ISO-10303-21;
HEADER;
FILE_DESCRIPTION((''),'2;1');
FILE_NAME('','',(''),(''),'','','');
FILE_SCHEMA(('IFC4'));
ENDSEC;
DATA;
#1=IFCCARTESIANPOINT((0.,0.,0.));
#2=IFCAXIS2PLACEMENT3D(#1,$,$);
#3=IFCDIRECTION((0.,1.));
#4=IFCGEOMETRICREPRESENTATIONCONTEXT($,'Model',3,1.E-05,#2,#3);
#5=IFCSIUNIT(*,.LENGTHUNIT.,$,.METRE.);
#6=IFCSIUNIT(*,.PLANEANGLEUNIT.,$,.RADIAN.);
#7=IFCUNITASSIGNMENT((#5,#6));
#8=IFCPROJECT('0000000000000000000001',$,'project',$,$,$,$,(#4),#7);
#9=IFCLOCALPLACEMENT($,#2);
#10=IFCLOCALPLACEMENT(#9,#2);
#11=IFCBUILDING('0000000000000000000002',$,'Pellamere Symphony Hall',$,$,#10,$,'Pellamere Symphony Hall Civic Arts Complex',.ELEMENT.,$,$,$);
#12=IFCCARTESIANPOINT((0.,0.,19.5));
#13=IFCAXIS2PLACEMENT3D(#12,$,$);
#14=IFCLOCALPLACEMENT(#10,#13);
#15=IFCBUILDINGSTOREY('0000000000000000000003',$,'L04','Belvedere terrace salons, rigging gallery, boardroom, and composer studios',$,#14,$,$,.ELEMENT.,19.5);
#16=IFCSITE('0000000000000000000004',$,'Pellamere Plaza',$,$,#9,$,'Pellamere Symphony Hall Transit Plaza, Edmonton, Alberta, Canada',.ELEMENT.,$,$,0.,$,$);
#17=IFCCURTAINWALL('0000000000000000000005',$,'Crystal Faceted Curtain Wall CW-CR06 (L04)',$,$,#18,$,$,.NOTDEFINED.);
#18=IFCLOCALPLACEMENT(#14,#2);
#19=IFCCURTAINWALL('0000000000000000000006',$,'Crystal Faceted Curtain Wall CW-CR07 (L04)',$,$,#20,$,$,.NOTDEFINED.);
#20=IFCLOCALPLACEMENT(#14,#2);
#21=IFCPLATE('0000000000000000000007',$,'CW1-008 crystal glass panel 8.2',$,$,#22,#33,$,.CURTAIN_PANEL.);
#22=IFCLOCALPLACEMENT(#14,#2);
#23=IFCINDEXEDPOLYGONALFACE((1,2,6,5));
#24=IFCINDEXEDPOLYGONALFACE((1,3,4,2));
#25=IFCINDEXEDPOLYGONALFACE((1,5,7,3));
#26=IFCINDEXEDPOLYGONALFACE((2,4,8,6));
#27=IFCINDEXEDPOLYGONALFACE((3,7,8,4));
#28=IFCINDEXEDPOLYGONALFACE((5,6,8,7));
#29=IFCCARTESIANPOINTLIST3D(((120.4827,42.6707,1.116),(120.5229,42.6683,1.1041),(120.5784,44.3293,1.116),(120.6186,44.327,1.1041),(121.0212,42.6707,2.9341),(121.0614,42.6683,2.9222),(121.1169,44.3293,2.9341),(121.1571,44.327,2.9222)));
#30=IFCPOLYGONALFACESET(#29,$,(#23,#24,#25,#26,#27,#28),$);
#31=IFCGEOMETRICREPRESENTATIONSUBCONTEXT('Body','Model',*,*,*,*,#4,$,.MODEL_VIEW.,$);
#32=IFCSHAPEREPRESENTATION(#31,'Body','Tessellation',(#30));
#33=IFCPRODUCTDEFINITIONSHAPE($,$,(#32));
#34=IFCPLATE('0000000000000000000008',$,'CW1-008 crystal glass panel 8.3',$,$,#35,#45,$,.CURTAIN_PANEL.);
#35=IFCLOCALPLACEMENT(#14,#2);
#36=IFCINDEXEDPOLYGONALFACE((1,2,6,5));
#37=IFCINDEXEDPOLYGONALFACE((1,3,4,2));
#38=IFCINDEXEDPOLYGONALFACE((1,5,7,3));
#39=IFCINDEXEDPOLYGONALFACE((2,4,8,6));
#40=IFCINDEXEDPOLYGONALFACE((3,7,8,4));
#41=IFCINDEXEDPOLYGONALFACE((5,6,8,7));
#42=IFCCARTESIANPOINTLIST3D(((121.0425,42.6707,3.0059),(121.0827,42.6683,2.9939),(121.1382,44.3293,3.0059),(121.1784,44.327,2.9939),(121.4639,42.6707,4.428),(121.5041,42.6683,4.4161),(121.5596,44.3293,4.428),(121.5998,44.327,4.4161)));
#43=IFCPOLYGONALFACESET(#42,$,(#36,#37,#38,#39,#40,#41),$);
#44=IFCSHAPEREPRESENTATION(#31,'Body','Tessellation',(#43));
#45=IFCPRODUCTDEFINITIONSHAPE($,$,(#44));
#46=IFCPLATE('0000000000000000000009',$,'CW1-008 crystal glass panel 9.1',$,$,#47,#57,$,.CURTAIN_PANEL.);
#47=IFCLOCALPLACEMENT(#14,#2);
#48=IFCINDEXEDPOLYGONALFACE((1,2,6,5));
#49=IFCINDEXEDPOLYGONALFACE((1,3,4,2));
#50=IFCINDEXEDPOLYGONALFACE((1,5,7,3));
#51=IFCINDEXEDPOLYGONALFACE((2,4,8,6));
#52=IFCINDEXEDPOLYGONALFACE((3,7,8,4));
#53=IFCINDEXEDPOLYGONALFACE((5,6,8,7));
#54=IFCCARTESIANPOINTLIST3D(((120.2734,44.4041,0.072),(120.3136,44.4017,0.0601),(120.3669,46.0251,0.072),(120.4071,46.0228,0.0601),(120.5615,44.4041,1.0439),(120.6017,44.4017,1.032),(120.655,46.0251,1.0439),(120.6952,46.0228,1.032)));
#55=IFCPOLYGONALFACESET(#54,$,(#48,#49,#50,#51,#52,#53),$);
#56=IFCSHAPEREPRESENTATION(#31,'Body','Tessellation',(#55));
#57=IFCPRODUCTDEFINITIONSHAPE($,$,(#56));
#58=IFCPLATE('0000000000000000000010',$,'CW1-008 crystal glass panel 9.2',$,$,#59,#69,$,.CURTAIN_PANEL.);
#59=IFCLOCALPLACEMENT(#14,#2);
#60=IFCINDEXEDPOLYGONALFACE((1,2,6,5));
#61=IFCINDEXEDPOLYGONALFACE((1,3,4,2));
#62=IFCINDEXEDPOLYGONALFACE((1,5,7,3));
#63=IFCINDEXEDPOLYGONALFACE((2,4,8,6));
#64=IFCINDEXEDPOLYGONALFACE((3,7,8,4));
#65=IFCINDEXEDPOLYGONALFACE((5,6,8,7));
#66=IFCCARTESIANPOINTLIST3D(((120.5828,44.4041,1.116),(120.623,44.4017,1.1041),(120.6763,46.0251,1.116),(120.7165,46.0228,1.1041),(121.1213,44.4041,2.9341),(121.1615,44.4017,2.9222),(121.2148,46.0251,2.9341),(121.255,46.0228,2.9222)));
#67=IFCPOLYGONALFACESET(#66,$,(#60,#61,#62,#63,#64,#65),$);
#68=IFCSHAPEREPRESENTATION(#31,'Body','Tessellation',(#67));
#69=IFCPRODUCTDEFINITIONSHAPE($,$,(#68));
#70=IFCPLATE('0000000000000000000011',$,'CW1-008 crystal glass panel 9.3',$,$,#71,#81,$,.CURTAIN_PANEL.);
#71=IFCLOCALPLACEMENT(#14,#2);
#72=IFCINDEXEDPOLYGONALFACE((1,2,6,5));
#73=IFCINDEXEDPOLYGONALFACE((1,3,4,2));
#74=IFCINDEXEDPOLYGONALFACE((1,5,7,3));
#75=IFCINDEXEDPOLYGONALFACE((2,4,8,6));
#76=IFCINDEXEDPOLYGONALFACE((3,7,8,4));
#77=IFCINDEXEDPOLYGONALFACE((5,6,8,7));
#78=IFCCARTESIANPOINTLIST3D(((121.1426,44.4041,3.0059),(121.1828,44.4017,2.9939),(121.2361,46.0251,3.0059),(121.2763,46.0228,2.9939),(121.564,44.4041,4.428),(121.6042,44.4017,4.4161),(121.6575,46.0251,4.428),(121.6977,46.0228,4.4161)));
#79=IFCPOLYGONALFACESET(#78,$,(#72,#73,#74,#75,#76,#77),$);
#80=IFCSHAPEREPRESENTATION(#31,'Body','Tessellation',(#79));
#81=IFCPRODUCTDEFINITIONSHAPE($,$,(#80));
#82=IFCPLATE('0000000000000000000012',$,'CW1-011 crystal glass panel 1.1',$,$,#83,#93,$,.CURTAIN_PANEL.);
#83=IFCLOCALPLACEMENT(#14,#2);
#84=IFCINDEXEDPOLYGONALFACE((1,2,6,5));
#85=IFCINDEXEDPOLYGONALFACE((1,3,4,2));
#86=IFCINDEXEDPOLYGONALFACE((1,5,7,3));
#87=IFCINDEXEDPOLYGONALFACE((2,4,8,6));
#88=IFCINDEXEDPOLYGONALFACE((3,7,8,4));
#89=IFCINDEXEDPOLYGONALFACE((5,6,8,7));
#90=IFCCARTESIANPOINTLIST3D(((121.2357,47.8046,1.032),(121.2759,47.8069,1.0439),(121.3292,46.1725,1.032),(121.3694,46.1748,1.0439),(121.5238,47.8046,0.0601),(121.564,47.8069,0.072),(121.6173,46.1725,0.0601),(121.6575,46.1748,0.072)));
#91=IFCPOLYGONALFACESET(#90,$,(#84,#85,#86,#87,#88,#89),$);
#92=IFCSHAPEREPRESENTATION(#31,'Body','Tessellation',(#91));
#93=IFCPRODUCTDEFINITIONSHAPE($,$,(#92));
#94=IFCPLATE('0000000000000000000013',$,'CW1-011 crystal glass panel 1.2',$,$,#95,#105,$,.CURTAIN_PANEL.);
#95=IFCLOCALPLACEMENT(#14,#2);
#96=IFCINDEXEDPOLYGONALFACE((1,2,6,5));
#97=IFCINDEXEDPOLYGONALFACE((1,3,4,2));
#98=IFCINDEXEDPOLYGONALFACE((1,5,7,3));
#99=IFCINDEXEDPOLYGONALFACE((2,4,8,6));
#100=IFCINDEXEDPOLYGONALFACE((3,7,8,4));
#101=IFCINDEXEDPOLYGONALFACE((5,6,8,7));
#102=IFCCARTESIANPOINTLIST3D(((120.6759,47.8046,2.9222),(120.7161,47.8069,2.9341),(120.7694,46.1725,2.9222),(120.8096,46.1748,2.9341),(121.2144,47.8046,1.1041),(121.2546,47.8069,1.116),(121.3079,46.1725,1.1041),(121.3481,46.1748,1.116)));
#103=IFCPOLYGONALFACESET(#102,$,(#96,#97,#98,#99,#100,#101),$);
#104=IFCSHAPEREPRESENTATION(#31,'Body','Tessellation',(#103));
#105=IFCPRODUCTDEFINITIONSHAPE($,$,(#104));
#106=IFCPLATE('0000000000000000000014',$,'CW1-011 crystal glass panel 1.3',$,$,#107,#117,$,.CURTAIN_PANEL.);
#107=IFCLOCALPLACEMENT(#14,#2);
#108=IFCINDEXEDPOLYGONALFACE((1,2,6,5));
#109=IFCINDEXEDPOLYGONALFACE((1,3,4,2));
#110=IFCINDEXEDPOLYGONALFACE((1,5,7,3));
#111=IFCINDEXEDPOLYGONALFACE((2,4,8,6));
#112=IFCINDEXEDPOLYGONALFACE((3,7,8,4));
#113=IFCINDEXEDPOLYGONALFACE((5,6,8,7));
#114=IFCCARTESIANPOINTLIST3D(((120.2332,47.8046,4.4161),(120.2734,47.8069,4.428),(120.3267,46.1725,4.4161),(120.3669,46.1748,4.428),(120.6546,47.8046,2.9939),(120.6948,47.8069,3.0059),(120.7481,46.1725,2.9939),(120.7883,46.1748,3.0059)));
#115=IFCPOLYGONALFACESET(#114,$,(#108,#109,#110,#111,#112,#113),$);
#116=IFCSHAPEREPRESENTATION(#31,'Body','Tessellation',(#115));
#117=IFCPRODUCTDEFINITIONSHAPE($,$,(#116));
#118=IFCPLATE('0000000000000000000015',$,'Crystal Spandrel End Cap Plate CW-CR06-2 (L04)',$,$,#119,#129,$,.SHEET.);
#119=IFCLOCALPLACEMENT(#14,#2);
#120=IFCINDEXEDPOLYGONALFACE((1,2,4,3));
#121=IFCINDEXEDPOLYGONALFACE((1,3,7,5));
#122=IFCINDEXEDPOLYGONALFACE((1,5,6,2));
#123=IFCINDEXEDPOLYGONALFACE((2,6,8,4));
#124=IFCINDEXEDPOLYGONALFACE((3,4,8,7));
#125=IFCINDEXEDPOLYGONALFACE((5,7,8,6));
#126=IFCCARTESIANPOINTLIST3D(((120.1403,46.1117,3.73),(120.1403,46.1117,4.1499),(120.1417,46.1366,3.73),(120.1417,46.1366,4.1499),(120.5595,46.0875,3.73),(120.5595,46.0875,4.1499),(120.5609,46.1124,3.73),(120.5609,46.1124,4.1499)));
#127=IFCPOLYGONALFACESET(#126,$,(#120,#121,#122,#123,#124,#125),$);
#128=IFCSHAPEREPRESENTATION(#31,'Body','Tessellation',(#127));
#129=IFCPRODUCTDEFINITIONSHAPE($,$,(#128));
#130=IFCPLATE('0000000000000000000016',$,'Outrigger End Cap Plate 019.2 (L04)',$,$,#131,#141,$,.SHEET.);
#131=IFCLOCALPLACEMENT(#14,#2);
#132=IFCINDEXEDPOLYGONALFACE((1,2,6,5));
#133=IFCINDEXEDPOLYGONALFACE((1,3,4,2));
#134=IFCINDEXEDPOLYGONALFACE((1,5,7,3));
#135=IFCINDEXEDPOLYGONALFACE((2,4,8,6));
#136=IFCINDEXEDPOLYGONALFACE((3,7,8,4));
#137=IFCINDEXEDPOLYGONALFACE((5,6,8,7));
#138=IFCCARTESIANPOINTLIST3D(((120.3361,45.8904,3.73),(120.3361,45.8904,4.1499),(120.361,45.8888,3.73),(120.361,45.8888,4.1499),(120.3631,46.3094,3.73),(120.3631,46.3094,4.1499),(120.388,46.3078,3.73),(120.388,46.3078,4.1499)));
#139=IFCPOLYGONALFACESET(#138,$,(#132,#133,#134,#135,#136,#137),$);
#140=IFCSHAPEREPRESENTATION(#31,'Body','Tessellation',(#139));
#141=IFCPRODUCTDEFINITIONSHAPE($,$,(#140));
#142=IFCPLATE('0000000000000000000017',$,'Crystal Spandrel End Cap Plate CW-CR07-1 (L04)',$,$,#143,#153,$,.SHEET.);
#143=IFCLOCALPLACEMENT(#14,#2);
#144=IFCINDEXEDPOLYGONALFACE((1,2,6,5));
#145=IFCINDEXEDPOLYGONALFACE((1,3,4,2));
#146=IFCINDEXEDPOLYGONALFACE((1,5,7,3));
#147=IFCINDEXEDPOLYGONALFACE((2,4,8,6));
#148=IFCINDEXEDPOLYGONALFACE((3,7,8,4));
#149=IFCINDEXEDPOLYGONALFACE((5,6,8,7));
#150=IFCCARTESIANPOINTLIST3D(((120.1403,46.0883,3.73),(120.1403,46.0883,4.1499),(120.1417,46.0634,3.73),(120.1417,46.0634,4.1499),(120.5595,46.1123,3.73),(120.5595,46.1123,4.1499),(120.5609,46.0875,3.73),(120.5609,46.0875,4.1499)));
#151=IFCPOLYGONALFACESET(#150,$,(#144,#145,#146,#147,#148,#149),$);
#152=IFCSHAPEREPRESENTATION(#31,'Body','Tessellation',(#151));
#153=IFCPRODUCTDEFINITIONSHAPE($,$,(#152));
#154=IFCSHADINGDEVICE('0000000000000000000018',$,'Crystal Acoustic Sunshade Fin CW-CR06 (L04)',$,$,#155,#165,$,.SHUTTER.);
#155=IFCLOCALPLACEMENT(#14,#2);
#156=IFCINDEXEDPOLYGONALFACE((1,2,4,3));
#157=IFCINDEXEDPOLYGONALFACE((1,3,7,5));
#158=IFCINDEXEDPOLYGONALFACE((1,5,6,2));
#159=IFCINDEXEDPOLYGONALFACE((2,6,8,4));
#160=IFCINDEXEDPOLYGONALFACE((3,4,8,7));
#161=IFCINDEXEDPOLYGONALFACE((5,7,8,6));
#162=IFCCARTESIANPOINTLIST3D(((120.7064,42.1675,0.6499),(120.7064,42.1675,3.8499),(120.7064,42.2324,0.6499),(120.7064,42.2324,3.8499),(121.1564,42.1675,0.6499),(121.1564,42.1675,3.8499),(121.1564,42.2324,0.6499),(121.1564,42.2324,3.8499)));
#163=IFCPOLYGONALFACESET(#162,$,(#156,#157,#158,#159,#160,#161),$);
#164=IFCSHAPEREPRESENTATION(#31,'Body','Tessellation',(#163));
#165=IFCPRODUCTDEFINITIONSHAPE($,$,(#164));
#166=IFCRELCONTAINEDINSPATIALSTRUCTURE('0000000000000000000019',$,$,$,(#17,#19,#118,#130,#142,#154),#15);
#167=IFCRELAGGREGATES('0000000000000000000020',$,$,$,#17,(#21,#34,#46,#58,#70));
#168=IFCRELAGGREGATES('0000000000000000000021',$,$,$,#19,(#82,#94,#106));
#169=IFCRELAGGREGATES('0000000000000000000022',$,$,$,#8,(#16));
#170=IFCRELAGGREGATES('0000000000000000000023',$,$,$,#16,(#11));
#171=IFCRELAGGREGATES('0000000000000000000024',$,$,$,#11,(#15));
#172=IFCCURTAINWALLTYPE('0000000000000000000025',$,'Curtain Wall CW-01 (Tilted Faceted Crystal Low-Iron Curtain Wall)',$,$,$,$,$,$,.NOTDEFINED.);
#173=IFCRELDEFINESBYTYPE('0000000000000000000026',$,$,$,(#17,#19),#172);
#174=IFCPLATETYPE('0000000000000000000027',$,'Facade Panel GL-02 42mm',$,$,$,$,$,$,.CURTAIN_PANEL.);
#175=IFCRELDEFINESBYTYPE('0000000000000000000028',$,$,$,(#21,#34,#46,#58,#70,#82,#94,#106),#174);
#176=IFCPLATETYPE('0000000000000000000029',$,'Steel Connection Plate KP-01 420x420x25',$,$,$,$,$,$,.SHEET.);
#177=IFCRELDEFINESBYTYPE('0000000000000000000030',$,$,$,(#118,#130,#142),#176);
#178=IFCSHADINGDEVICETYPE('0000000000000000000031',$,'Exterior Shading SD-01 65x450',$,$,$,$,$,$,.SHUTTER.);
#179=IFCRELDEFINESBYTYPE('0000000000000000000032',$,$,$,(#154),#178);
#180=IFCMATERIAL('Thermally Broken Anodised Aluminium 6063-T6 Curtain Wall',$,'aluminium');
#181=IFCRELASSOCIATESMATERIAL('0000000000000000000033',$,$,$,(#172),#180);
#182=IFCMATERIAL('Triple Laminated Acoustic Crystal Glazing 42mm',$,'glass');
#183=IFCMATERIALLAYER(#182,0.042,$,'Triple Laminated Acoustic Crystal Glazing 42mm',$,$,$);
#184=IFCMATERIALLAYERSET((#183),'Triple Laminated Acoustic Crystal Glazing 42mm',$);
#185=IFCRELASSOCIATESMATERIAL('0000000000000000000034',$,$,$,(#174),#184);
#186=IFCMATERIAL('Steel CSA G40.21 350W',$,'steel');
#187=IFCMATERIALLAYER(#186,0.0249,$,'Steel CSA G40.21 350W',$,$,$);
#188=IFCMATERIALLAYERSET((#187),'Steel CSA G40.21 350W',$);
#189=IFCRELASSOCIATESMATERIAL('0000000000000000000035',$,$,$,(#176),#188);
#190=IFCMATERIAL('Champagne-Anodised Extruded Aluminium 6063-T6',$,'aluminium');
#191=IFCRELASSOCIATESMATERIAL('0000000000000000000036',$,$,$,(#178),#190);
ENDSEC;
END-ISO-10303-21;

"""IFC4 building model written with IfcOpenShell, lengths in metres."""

from ifc_helpers import new_model, si_unit, direction, frame, origin, origin_2d, place, context, subcontext, project, spatial, polyline, rectangle, outline, extrude, material, layer, layer_set, type_object, element, aggregate, save


model = new_model("IFC4")

# Units and contexts
model_context = context("Model", 3, precision=1e-05, world=origin(), true_north=direction((0.0, 1.0)))
body_context = subcontext(model_context, "Body", "Model", "MODEL_VIEW")
ifc_project = project(units=[si_unit("LENGTHUNIT", "METRE"), si_unit("PLANEANGLEUNIT", "RADIAN")], contexts=[model_context])

# Site, building, storey
site_placement = place(None, origin())
site = spatial("IfcSite", under=ifc_project, at=site_placement, Name="Pellamere Plaza", LongName="Pellamere Symphony Hall Transit Plaza, Edmonton, Alberta, Canada", CompositionType="ELEMENT", RefElevation=0.0)
building_placement = place(site_placement, origin())
building = spatial("IfcBuilding", under=site, at=building_placement, Name="Pellamere Symphony Hall", LongName="Pellamere Symphony Hall Civic Arts Complex", CompositionType="ELEMENT")
storey_placement = place(building_placement, frame((0.0, 0.0, 19.5)))
storey = spatial("IfcBuildingStorey", under=building, at=storey_placement, Name="L04", Description="Belvedere terrace salons, rigging gallery, boardroom, and composer studios", CompositionType="ELEMENT", Elevation=19.5)

# Curtain walls
ifc_material_1 = material(Name="Thermally Broken Anodised Aluminium 6063-T6 Curtain Wall", Category="aluminium")
curtain_wall_type = type_object("IfcCurtainWallType", Name="Curtain Wall CW-01 (Tilted Faceted Crystal Low-Iron Curtain Wall)", PredefinedType="NOTDEFINED", material=ifc_material_1)
curtain_wall_1_placement = place(storey_placement, origin())
curtain_wall_1 = element("IfcCurtainWall", 1, at=curtain_wall_1_placement, inside=storey, type_object=curtain_wall_type, Name="Crystal Faceted Curtain Wall CW-CR06 (L04)", PredefinedType="NOTDEFINED")
curtain_wall_2_placement = place(storey_placement, origin())
curtain_wall_2 = element("IfcCurtainWall", 2, at=curtain_wall_2_placement, inside=storey, type_object=curtain_wall_type, Name="Crystal Faceted Curtain Wall CW-CR07 (L04)", PredefinedType="NOTDEFINED")

# Shared definitions
ifc_material_2 = material(Name="Steel CSA G40.21 350W", Category="steel")

# Plates
ifc_material_3 = material(Name="Triple Laminated Acoustic Crystal Glazing 42mm", Category="glass")
ifc_layer_1 = layer(ifc_material_3, 0.042, Name="Triple Laminated Acoustic Crystal Glazing 42mm")
ifc_layer_set_1 = layer_set([ifc_layer_1], Name="Triple Laminated Acoustic Crystal Glazing 42mm")
plate_type_1 = type_object("IfcPlateType", Name="Facade Panel GL-02 42mm", PredefinedType="CURTAIN_PANEL", material=ifc_layer_set_1)
plate_1_placement = place(storey_placement, frame((120.4827, 42.6707, 1.116), z_axis=(-0.957352, 0.055237, 0.283593), x_axis=(0.057602, 0.99834, 0.0)))
plate_1 = element("IfcPlate", 3, at=plate_1_placement, type_object=plate_type_1, Name="CW1-008 crystal glass panel 8.2", PredefinedType="CURTAIN_PANEL", context=body_context, shape_type="SweptSolid", body=[
    extrude(outline(polyline([(0.0, 0.0), (1.6615, 0.0), (1.6925, -1.896), (0.031, -1.896), (0.0, 0.0)])), origin(), (0.0, 0.0, -1.0), 0.042),
])
plate_2_placement = place(storey_placement, frame((121.0425, 42.6707, 3.0059), z_axis=(-0.957331, 0.055236, 0.283666), x_axis=(0.057602, 0.99834, 0.0)))
plate_2 = element("IfcPlate", 4, at=plate_2_placement, type_object=plate_type_1, Name="CW1-008 crystal glass panel 8.3", PredefinedType="CURTAIN_PANEL", context=body_context, shape_type="SweptSolid", body=[
    extrude(outline(polyline([(0.0, 0.0), (1.6615, 0.0), (1.6857, -1.483), (0.0243, -1.483), (0.0, 0.0)])), origin(), (0.0, 0.0, -1.0), 0.042),
])
plate_3_placement = place(storey_placement, frame((120.2734, 44.4041, 0.072), z_axis=(-0.957306, 0.055218, 0.283753), x_axis=(0.057585, 0.998341, 0.0)))
plate_3 = element("IfcPlate", 5, at=plate_3_placement, type_object=plate_type_1, Name="CW1-008 crystal glass panel 9.1", PredefinedType="CURTAIN_PANEL", context=body_context, shape_type="SweptSolid", body=[
    extrude(outline(polyline([(0.0, 0.0), (1.6238, 0.0), (1.6404, -1.0136), (0.0166, -1.0136), (0.0, 0.0)])), origin(), (0.0, 0.0, -1.0), 0.042),
])
plate_4_placement = place(storey_placement, frame((120.5828, 44.4041, 1.116), z_axis=(-0.957353, 0.055221, 0.283594), x_axis=(0.057585, 0.998341, 0.0)))
plate_4 = element("IfcPlate", 6, at=plate_4_placement, type_object=plate_type_1, Name="CW1-008 crystal glass panel 9.2", PredefinedType="CURTAIN_PANEL", context=body_context, shape_type="SweptSolid", body=[
    extrude(outline(polyline([(0.0, 0.0), (1.6238, 0.0), (1.6548, -1.896), (0.031, -1.896), (0.0, 0.0)])), origin(), (0.0, 0.0, -1.0), 0.042),
])
plate_5_placement = place(storey_placement, frame((121.1426, 44.4041, 3.0059), z_axis=(-0.957332, 0.05522, 0.283666), x_axis=(0.057585, 0.998341, 0.0)))
plate_5 = element("IfcPlate", 7, at=plate_5_placement, type_object=plate_type_1, Name="CW1-008 crystal glass panel 9.3", PredefinedType="CURTAIN_PANEL", context=body_context, shape_type="SweptSolid", body=[
    extrude(outline(polyline([(0.0, 0.0), (1.6238, 0.0), (1.6481, -1.483), (0.0243, -1.483), (0.0, 0.0)])), origin(), (0.0, 0.0, -1.0), 0.042),
])
aggregate(curtain_wall_1, [plate_1, plate_2, plate_3, plate_4, plate_5])
plate_6_placement = place(storey_placement, frame((121.6575, 46.1748, 0.072), z_axis=(0.957326, 0.054848, 0.283759), x_axis=(-0.057199, 0.998363, 0.0)))
plate_6 = element("IfcPlate", 8, at=plate_6_placement, type_object=plate_type_1, Name="CW1-011 crystal glass panel 1.1", PredefinedType="CURTAIN_PANEL", context=body_context, shape_type="SweptSolid", body=[
    extrude(outline(polyline([(0.0, 0.0), (1.6348, 0.0), (1.6512, 1.0136), (0.0165, 1.0136), (0.0, 0.0)])), origin(), (0.0, 0.0, -1.0), 0.042),
])
plate_7_placement = place(storey_placement, frame((121.3481, 46.1748, 1.116), z_axis=(0.957373, 0.05485, 0.283599), x_axis=(-0.057199, 0.998363, 0.0)))
plate_7 = element("IfcPlate", 9, at=plate_7_placement, type_object=plate_type_1, Name="CW1-011 crystal glass panel 1.2", PredefinedType="CURTAIN_PANEL", context=body_context, shape_type="SweptSolid", body=[
    extrude(outline(polyline([(0.0, 0.0), (1.6348, 0.0), (1.6656, 1.896), (0.0308, 1.896), (0.0, 0.0)])), origin(), (0.0, 0.0, -1.0), 0.042),
])
plate_8_placement = place(storey_placement, frame((120.7883, 46.1748, 3.0059), z_axis=(0.957351, 0.054849, 0.283672), x_axis=(-0.057199, 0.998363, 0.0)))
plate_8 = element("IfcPlate", 10, at=plate_8_placement, type_object=plate_type_1, Name="CW1-011 crystal glass panel 1.3", PredefinedType="CURTAIN_PANEL", context=body_context, shape_type="SweptSolid", body=[
    extrude(outline(polyline([(0.0, 0.0), (1.6348, 0.0), (1.6589, 1.483), (0.0241, 1.483), (0.0, 0.0)])), origin(), (0.0, 0.0, -1.0), 0.042),
])
aggregate(curtain_wall_2, [plate_6, plate_7, plate_8])

# Plates
ifc_layer_2 = layer(ifc_material_2, 0.0249, Name="Steel CSA G40.21 350W")
ifc_layer_set_2 = layer_set([ifc_layer_2], Name="Steel CSA G40.21 350W")
plate_type_2 = type_object("IfcPlateType", Name="Steel Connection Plate KP-01 420x420x25", PredefinedType="SHEET", material=ifc_layer_set_2)
for number, where, z_axis, x_axis, name in (
    (11, (120.3506, 46.1121, 3.73), (0.0, 0.0, 1.0), (0.057564, 0.998342, 0.0), "Crystal Spandrel End Cap Plate CW-CR06-2 (L04)"),
    (12, (120.3621, 46.0991, 3.73), (0.0, 0.0, 1.0), (0.997927, -0.064358, 0.0), "Outrigger End Cap Plate 019.2 (L04)"),
    (13, (120.3506, 46.0879, 3.73), (0.0, 0.0, 1.0), (-0.057216, 0.998362, 0.0), "Crystal Spandrel End Cap Plate CW-CR07-1 (L04)"),
):
    element("IfcPlate", number, at=place(storey_placement, frame(where, z_axis=z_axis, x_axis=x_axis)), inside=storey, type_object=plate_type_2, Name=name, PredefinedType="SHEET", context=body_context, shape_type="SweptSolid", body=[
        extrude(rectangle(XDim=0.0249, YDim=0.4199, at=origin_2d()), origin(), (0.0, 0.0, 1.0), 0.4199),
    ])

# Shading device
ifc_material_4 = material(Name="Champagne-Anodised Extruded Aluminium 6063-T6", Category="aluminium")
shading_device_type = type_object("IfcShadingDeviceType", Name="Exterior Shading SD-01 65x450", PredefinedType="SHUTTER", material=ifc_material_4)
shading_device_placement = place(storey_placement, frame((120.9314, 42.2, 0.6499), z_axis=(0.0, 0.0, 1.0), x_axis=(0.0, 1.0, 0.0)))
element("IfcShadingDevice", 14, at=shading_device_placement, inside=storey, type_object=shading_device_type, Name="Crystal Acoustic Sunshade Fin CW-CR06 (L04)", PredefinedType="SHUTTER", context=body_context, shape_type="SweptSolid", body=[
    extrude(rectangle(XDim=0.0649, YDim=0.45, at=origin_2d()), origin(), (0.0, 0.0, 1.0), 3.2),
])

save(model, "model.ifc")
